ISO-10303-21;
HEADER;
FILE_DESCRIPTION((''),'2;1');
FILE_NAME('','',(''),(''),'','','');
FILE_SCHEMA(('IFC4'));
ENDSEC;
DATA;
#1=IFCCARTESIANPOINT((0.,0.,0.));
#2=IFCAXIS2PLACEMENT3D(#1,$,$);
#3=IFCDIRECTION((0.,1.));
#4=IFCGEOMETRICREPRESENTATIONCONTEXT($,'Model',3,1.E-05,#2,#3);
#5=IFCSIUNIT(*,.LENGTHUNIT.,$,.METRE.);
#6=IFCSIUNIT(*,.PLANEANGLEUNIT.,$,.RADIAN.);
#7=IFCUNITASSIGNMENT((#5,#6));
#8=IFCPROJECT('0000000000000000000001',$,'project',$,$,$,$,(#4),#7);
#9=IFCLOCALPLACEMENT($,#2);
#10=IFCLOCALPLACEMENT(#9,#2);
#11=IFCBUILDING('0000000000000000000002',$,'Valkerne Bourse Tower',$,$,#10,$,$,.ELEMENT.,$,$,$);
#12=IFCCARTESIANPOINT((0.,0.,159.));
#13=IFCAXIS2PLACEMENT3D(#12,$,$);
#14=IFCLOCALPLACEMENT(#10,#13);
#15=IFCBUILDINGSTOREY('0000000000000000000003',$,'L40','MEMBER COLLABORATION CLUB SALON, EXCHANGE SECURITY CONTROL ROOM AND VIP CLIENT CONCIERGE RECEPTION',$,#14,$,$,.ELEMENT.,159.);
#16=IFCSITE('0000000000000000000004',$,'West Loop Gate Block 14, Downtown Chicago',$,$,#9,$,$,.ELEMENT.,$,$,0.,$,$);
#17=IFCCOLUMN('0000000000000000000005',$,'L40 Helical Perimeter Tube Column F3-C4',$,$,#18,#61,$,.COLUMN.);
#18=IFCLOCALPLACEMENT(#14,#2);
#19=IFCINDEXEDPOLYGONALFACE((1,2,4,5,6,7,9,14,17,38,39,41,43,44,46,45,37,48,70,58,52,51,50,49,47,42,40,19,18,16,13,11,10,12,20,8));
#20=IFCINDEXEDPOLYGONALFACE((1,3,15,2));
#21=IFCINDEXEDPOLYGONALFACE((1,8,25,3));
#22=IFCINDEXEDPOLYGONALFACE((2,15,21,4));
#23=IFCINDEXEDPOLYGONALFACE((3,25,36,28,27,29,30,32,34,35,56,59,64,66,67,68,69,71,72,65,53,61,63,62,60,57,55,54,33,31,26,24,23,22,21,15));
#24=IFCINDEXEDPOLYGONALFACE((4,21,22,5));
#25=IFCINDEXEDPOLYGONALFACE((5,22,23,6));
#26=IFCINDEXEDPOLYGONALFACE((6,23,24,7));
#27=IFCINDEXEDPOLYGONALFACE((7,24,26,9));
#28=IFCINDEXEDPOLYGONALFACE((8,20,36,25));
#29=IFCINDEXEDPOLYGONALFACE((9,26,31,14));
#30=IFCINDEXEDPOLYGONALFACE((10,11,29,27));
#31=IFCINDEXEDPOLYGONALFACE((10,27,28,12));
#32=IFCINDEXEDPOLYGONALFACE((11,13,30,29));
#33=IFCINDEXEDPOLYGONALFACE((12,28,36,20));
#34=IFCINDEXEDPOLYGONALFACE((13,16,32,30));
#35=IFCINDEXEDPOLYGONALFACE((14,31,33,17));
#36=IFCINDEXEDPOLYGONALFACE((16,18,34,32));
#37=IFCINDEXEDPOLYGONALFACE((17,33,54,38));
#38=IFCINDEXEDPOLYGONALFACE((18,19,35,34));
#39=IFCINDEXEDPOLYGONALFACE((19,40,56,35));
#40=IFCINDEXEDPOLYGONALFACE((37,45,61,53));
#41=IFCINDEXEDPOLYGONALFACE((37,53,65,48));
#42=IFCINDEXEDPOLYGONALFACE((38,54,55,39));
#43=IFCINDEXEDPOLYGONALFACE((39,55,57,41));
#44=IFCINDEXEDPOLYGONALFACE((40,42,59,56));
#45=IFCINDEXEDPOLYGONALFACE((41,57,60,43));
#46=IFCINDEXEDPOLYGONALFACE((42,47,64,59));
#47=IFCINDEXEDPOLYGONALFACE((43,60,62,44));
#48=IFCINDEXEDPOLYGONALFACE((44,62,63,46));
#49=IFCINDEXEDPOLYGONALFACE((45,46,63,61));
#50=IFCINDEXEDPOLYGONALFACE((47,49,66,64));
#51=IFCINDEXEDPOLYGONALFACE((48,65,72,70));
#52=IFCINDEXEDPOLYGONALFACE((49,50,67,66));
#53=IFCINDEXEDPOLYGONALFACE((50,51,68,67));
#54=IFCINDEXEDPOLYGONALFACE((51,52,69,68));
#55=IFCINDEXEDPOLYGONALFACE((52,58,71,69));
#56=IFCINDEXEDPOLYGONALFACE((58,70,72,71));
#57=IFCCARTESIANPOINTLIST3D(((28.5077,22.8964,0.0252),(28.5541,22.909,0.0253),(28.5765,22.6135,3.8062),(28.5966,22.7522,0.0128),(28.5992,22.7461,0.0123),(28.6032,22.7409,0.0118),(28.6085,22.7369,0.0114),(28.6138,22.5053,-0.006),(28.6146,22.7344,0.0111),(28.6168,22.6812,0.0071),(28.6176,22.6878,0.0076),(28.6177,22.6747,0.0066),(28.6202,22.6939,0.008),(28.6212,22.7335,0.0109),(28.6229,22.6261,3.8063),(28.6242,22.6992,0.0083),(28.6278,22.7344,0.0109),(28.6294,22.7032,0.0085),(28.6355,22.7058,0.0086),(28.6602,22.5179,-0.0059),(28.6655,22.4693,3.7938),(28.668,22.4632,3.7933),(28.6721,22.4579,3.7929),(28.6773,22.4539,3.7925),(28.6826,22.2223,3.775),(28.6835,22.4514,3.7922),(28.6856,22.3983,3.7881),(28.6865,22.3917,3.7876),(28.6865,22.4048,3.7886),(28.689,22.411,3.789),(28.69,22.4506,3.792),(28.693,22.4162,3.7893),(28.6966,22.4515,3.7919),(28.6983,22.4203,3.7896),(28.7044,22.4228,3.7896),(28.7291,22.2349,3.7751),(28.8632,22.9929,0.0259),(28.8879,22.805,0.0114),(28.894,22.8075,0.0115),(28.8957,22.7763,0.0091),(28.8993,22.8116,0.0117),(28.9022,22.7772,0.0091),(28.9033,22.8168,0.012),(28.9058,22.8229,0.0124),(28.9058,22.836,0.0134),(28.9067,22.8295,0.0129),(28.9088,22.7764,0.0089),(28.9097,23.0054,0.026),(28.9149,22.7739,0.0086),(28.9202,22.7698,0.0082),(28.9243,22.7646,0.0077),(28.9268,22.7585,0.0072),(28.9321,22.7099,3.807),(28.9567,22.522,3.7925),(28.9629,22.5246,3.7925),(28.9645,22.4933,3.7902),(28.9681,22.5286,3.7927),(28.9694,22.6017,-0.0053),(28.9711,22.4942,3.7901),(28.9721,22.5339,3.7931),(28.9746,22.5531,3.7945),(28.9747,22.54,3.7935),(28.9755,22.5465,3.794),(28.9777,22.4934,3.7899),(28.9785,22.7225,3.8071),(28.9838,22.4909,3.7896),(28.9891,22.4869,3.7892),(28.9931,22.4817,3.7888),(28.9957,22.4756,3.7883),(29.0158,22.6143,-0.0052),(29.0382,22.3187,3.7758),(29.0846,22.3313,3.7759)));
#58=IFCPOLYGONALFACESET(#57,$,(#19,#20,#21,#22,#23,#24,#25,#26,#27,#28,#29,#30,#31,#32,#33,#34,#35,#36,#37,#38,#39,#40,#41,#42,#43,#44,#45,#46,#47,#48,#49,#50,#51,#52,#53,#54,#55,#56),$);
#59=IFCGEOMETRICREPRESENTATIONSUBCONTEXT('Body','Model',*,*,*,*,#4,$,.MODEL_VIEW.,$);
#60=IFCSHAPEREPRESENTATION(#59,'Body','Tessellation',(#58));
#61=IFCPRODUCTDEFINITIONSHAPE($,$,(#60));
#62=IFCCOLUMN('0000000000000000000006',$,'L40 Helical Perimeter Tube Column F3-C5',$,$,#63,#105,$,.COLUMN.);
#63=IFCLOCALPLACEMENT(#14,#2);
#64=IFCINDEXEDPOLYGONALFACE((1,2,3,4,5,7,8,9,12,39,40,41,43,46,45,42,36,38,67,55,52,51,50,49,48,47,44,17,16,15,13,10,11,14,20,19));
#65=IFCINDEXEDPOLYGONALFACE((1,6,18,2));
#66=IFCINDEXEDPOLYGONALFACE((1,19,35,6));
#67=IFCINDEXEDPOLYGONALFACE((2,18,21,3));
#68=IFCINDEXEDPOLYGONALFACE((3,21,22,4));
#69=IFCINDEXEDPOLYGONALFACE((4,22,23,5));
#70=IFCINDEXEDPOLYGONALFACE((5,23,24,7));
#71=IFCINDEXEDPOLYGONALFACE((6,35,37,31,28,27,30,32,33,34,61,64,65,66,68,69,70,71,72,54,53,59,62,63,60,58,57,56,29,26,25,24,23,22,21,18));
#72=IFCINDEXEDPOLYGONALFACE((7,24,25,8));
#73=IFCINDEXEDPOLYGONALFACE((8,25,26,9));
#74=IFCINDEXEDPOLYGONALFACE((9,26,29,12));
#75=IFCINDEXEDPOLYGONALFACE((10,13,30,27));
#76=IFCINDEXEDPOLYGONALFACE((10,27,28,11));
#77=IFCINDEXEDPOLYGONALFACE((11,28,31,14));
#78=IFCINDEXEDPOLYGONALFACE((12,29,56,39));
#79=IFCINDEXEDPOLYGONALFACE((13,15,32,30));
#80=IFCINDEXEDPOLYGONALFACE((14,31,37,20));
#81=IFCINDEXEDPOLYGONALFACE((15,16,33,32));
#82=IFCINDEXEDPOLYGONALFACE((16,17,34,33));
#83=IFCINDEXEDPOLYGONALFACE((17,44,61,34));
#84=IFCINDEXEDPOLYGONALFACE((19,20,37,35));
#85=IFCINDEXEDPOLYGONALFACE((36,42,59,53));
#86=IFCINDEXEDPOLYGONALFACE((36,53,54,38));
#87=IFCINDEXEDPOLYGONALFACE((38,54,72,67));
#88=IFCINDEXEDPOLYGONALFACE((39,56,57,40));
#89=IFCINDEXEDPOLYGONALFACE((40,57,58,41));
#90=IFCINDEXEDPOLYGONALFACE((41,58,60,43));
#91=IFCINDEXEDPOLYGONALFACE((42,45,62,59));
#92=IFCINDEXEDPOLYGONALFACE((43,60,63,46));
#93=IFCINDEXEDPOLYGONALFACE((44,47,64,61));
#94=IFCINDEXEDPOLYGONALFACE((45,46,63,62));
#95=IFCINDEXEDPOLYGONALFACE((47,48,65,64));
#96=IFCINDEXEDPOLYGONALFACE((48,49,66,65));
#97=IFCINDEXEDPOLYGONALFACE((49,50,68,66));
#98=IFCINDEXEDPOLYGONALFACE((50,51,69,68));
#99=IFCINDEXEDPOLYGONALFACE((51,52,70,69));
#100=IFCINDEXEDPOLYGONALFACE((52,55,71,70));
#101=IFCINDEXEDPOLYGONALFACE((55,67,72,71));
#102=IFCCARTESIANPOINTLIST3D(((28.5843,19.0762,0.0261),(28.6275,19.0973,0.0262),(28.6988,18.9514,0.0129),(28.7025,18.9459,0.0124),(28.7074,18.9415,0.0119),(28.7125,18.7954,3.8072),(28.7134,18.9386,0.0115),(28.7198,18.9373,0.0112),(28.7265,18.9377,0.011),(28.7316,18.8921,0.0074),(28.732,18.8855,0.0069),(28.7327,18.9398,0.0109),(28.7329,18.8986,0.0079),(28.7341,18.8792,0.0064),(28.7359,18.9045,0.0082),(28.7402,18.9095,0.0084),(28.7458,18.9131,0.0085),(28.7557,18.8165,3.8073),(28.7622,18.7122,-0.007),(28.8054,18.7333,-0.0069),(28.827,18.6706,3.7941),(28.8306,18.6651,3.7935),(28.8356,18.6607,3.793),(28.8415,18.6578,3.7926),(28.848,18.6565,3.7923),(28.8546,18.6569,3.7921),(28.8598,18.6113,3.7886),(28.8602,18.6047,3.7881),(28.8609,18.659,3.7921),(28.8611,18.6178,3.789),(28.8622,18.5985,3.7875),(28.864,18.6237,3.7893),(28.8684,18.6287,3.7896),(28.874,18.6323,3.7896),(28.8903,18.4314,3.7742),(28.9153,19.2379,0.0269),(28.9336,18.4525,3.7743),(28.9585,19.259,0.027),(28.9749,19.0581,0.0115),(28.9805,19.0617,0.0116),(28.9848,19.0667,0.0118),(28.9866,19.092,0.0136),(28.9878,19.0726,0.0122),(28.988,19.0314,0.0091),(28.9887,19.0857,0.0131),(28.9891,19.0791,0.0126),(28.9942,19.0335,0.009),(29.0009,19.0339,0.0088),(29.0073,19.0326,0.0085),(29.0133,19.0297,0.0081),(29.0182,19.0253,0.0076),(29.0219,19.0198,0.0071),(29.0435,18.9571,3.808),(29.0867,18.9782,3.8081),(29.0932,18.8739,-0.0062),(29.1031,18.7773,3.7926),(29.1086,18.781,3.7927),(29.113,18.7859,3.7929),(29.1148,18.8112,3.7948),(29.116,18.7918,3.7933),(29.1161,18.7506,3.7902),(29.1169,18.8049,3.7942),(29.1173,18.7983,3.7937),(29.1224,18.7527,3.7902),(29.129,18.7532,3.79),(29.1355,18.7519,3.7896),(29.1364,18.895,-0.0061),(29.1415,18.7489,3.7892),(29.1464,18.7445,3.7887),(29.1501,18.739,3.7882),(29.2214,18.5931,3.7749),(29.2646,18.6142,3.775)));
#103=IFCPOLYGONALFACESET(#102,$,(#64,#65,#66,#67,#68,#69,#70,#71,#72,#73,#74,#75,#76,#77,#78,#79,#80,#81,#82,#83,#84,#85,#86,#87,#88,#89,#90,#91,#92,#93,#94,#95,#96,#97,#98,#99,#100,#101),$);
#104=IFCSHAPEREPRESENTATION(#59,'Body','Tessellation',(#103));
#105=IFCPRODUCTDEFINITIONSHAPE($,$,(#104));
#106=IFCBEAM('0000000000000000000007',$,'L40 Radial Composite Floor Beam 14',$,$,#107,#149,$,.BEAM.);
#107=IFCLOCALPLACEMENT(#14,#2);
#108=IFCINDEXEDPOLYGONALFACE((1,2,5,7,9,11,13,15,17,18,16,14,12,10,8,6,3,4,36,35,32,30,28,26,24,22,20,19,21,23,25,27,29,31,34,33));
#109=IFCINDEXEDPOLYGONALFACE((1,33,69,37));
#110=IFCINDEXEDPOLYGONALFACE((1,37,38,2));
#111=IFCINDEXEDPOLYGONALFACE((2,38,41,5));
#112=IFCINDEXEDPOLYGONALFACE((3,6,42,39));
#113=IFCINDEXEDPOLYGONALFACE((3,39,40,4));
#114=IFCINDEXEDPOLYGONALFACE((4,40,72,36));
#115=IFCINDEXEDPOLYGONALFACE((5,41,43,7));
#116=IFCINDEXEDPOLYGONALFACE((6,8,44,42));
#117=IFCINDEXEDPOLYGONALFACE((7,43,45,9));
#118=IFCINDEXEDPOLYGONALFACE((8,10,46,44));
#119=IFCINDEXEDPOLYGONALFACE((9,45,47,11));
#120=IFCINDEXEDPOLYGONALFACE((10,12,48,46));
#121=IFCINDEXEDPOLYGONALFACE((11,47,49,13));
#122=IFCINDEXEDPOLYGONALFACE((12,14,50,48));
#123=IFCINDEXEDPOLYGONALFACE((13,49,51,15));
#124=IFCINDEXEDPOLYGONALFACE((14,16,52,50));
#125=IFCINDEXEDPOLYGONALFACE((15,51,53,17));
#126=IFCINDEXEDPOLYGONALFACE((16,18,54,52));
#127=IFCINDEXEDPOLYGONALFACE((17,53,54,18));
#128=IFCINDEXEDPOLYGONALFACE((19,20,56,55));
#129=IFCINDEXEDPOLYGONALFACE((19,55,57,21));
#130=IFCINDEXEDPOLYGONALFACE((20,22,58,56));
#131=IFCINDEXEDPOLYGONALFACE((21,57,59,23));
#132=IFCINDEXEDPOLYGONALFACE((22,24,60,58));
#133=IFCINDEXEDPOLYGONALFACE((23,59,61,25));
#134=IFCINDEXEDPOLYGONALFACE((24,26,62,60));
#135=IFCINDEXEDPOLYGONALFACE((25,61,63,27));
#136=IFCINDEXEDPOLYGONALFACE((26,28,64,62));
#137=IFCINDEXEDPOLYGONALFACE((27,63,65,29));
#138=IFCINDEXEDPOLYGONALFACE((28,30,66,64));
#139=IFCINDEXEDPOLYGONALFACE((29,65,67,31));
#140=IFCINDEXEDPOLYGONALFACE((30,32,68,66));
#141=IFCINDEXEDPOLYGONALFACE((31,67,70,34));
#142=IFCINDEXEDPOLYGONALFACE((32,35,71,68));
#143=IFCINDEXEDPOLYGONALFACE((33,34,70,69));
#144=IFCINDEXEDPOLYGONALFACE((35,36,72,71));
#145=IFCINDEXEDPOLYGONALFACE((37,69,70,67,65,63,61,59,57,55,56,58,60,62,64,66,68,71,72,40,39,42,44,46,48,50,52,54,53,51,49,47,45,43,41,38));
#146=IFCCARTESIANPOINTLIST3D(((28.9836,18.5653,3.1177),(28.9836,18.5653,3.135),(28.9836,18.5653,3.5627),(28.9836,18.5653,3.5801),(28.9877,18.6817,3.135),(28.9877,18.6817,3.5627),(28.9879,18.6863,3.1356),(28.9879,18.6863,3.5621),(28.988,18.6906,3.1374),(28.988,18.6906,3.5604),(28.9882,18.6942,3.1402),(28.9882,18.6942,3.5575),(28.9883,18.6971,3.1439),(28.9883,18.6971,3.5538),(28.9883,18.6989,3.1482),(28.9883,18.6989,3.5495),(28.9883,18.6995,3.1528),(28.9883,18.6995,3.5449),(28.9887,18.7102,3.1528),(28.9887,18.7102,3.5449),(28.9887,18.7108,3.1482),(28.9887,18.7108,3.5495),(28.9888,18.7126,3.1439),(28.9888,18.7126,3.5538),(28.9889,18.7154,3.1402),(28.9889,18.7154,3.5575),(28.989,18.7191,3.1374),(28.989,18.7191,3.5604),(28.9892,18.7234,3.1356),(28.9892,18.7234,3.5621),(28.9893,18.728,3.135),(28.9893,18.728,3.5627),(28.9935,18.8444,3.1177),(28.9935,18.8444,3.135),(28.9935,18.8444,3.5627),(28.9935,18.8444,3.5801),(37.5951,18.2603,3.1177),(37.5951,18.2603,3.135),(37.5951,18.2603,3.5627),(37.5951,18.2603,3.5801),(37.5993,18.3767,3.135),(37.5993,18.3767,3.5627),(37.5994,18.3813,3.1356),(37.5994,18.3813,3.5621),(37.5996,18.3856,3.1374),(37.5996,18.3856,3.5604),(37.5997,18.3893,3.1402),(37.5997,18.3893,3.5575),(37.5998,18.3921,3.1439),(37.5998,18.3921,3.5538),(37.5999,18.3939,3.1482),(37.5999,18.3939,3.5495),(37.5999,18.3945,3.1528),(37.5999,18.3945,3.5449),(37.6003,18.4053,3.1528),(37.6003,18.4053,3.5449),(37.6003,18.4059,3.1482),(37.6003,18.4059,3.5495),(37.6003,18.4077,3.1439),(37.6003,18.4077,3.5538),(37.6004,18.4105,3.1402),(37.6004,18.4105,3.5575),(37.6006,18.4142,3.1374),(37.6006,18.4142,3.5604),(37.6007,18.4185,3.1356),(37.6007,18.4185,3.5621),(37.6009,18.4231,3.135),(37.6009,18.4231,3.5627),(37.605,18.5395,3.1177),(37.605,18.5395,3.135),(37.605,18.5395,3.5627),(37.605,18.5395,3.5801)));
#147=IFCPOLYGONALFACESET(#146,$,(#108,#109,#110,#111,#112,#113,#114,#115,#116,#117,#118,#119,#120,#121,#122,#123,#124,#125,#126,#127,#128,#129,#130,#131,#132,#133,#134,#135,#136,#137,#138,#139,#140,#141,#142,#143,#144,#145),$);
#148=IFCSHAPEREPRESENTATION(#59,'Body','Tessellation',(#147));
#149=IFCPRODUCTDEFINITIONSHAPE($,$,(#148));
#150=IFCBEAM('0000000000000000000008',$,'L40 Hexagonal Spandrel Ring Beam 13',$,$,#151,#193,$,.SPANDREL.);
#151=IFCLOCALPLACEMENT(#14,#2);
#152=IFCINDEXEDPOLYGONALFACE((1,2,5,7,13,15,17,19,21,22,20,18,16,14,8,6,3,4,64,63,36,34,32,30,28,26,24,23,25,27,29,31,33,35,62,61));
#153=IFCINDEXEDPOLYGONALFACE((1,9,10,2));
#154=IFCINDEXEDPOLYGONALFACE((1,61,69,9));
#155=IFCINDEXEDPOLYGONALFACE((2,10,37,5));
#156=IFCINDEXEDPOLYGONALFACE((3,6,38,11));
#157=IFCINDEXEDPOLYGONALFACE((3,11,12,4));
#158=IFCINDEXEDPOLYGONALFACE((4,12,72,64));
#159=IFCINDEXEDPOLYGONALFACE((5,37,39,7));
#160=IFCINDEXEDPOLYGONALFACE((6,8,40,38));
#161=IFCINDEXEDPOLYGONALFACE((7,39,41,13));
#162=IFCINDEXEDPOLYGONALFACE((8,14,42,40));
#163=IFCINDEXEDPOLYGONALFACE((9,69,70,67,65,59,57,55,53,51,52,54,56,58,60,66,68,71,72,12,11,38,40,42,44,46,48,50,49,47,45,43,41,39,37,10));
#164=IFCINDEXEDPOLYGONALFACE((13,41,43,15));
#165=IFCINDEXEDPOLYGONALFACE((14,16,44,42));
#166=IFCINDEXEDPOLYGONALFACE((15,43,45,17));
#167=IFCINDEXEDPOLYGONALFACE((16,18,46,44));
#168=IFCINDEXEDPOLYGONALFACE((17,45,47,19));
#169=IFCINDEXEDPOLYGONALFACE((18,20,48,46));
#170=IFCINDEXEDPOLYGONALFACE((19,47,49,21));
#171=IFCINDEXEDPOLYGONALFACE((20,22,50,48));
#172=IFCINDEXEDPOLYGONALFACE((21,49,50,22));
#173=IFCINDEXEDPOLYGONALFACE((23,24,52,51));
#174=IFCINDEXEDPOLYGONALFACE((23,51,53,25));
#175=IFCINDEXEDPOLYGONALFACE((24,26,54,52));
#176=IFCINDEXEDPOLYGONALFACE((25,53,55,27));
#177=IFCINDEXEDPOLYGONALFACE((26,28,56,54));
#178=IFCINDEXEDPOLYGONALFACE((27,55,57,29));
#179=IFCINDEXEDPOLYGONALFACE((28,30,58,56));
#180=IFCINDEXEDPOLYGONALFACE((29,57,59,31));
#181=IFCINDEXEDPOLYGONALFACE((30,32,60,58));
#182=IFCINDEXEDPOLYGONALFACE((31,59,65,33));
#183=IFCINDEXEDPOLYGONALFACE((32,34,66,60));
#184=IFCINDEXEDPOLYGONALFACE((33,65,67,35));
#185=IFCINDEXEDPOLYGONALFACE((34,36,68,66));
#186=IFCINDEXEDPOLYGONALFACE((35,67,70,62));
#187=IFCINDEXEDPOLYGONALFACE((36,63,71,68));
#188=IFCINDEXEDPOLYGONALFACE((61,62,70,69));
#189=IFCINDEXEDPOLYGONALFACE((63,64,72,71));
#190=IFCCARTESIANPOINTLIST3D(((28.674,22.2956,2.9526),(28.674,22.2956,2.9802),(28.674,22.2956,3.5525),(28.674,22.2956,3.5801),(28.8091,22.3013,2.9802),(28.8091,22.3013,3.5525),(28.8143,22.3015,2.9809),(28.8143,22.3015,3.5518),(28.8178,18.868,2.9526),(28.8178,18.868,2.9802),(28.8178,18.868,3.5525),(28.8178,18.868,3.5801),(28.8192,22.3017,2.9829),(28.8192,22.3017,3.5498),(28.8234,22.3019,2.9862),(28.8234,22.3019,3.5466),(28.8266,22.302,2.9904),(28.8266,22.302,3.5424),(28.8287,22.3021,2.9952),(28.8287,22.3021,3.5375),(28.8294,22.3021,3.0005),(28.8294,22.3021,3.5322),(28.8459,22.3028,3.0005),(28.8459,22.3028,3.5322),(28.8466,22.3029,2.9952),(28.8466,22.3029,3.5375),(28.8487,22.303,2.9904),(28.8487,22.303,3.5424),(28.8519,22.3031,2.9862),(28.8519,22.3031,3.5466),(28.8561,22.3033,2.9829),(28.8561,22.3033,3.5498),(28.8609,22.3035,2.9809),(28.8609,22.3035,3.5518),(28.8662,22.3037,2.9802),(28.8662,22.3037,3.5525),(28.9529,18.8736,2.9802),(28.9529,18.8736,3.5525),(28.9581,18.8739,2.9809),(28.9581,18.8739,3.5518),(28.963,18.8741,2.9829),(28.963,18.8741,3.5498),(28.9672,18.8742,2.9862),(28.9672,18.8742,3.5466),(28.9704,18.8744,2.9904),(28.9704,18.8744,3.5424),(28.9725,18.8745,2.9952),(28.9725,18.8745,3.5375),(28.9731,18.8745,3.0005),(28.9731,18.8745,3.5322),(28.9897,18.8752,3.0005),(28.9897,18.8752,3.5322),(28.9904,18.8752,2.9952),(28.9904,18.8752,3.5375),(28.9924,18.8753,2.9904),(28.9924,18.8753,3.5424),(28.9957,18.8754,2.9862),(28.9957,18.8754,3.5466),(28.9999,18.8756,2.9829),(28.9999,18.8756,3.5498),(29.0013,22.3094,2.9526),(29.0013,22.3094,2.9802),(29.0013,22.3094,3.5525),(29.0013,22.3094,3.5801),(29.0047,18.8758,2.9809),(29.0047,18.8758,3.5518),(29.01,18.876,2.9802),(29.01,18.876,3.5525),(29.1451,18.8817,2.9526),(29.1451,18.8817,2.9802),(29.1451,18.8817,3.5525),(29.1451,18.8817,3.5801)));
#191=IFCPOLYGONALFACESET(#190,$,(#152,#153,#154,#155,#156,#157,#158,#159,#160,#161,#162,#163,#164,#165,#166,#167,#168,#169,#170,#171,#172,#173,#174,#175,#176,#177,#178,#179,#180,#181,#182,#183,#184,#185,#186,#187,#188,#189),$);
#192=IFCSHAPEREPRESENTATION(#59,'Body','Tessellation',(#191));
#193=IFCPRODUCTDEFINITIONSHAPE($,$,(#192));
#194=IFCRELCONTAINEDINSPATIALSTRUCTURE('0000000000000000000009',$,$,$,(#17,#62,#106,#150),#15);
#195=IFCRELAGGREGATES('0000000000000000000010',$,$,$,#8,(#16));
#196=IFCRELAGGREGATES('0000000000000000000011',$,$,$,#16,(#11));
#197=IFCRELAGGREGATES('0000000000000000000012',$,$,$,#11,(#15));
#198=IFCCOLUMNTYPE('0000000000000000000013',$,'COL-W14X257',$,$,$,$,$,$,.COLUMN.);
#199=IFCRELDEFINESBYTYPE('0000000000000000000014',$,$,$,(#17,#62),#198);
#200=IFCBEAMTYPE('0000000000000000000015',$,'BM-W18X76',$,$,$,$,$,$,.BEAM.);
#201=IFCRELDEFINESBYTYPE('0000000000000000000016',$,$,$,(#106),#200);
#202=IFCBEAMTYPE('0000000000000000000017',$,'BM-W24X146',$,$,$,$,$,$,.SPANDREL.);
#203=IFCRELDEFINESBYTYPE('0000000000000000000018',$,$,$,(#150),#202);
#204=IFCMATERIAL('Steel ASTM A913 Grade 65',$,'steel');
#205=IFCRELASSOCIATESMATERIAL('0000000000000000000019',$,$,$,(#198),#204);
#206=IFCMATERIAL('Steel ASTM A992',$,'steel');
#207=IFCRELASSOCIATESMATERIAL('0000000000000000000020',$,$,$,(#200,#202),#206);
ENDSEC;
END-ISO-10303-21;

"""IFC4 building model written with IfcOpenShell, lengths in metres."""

from ifc_helpers import new_model, si_unit, direction, frame, origin, origin_2d, place, context, subcontext, project, spatial, i_section, extrude, material, material_profile, profile_set, type_object, element, save


model = new_model("IFC4")

# Units and contexts
model_context = context("Model", 3, precision=1e-05, world=origin(), true_north=direction((0.0, 1.0)))
body_context = subcontext(model_context, "Body", "Model", "MODEL_VIEW")
ifc_project = project(units=[si_unit("LENGTHUNIT", "METRE"), si_unit("PLANEANGLEUNIT", "RADIAN")], contexts=[model_context])

# Site, building, storey
site_placement = place(None, origin())
site = spatial("IfcSite", under=ifc_project, at=site_placement, Name="West Loop Gate Block 14, Downtown Chicago", CompositionType="ELEMENT", RefElevation=0.0)
building_placement = place(site_placement, origin())
building = spatial("IfcBuilding", under=site, at=building_placement, Name="Valkerne Bourse Tower", CompositionType="ELEMENT")
storey_placement = place(building_placement, frame((0.0, 0.0, 159.0)))
storey = spatial("IfcBuildingStorey", under=building, at=storey_placement, Name="L40", Description="MEMBER COLLABORATION CLUB SALON, EXCHANGE SECURITY CONTROL ROOM AND VIP CLIENT CONCIERGE RECEPTION", CompositionType="ELEMENT", Elevation=159.0)

# Columns
ifc_material_1 = material(Name="Steel ASTM A913 Grade 65", Category="steel")
ifc_material_profile_1 = material_profile(ifc_material_1, i_section(OverallWidth=0.4065, OverallDepth=0.4165, WebThickness=0.0298, FlangeThickness=0.0481, FilletRadius=0.0254, at=origin_2d()), Name="W14X257")
ifc_profile_set_1 = profile_set([ifc_material_profile_1], Name="Steel ASTM A913 Grade 65")
column_type = type_object("IfcColumnType", Name="COL-W14X257", PredefinedType="COLUMN", material=ifc_profile_set_1)
column_1_placement = place(storey_placement, frame((28.7617, 22.7554, 0.01), z_axis=(0.018155, -0.074616, 0.997047), x_axis=(0.261072, -0.962262, -0.076767)))
element("IfcColumn", 1, at=column_1_placement, inside=storey, type_object=column_type, Name="L40 Helical Perimeter Tube Column F3-C4", PredefinedType="COLUMN", context=body_context, shape_type="SweptSolid", body=[
    extrude(i_section(OverallWidth=0.4065, OverallDepth=0.4165, WebThickness=0.0298, FlangeThickness=0.0481, FilletRadius=0.0254, at=origin_2d()), origin(), (0.0, 0.0, 1.0), 3.7922),
])
column_2_placement = place(storey_placement, frame((28.8604, 18.9856, 0.01), z_axis=(0.033787, -0.07401, 0.996685), x_axis=(0.437587, -0.895491, -0.081329)))
element("IfcColumn", 2, at=column_2_placement, inside=storey, type_object=column_type, Name="L40 Helical Perimeter Tube Column F3-C5", PredefinedType="COLUMN", context=body_context, shape_type="SweptSolid", body=[
    extrude(i_section(OverallWidth=0.4065, OverallDepth=0.4165, WebThickness=0.0298, FlangeThickness=0.0481, FilletRadius=0.0254, at=origin_2d()), origin(), (0.0, 0.0, 1.0), 3.7937),
])

# Beams
ifc_material_2 = material(Name="Steel ASTM A992", Category="steel")
ifc_material_profile_2 = material_profile(ifc_material_2, i_section(OverallWidth=0.2793, OverallDepth=0.4624, WebThickness=0.0107, FlangeThickness=0.0173, FilletRadius=0.0178, at=origin_2d()), Name="W18X76")
ifc_profile_set_2 = profile_set([ifc_material_profile_2], Name="Steel ASTM A992")
beam_type_1 = type_object("IfcBeamType", Name="BM-W18X76", PredefinedType="BEAM", material=ifc_profile_set_2)
beam_1_placement = place(storey_placement, frame((28.9885, 18.7048, 3.3489), z_axis=(0.999374, -0.035387, 0.0), x_axis=(0.035387, 0.999374, 0.0)))
element("IfcBeam", 3, at=beam_1_placement, inside=storey, type_object=beam_type_1, Name="L40 Radial Composite Floor Beam 14", PredefinedType="BEAM", context=body_context, shape_type="SweptSolid", body=[
    extrude(i_section(OverallWidth=0.2793, OverallDepth=0.4624, WebThickness=0.0107, FlangeThickness=0.0173, FilletRadius=0.0178, at=origin_2d()), origin(), (0.0, 0.0, 1.0), 8.6169),
])
ifc_material_profile_3 = material_profile(ifc_material_2, i_section(OverallWidth=0.3276, OverallDepth=0.6274, WebThickness=0.0166, FlangeThickness=0.0276, FilletRadius=0.0203, at=origin_2d()), Name="W24X146")
ifc_profile_set_3 = profile_set([ifc_material_profile_3], Name="Steel ASTM A992")
beam_type_2 = type_object("IfcBeamType", Name="BM-W24X146", PredefinedType="SPANDREL", material=ifc_profile_set_3)
beam_2_placement = place(storey_placement, frame((28.8376, 22.3025, 3.2664), z_axis=(0.041915, -0.999121, 0.0), x_axis=(0.999121, 0.041915, 0.0)))
element("IfcBeam", 4, at=beam_2_placement, inside=storey, type_object=beam_type_2, Name="L40 Hexagonal Spandrel Ring Beam 13", PredefinedType="SPANDREL", context=body_context, shape_type="SweptSolid", body=[
    extrude(i_section(OverallWidth=0.3276, OverallDepth=0.6274, WebThickness=0.0166, FlangeThickness=0.0276, FilletRadius=0.0203, at=origin_2d()), origin(), (0.0, 0.0, 1.0), 3.4307),
])

save(model, "model.ifc")
